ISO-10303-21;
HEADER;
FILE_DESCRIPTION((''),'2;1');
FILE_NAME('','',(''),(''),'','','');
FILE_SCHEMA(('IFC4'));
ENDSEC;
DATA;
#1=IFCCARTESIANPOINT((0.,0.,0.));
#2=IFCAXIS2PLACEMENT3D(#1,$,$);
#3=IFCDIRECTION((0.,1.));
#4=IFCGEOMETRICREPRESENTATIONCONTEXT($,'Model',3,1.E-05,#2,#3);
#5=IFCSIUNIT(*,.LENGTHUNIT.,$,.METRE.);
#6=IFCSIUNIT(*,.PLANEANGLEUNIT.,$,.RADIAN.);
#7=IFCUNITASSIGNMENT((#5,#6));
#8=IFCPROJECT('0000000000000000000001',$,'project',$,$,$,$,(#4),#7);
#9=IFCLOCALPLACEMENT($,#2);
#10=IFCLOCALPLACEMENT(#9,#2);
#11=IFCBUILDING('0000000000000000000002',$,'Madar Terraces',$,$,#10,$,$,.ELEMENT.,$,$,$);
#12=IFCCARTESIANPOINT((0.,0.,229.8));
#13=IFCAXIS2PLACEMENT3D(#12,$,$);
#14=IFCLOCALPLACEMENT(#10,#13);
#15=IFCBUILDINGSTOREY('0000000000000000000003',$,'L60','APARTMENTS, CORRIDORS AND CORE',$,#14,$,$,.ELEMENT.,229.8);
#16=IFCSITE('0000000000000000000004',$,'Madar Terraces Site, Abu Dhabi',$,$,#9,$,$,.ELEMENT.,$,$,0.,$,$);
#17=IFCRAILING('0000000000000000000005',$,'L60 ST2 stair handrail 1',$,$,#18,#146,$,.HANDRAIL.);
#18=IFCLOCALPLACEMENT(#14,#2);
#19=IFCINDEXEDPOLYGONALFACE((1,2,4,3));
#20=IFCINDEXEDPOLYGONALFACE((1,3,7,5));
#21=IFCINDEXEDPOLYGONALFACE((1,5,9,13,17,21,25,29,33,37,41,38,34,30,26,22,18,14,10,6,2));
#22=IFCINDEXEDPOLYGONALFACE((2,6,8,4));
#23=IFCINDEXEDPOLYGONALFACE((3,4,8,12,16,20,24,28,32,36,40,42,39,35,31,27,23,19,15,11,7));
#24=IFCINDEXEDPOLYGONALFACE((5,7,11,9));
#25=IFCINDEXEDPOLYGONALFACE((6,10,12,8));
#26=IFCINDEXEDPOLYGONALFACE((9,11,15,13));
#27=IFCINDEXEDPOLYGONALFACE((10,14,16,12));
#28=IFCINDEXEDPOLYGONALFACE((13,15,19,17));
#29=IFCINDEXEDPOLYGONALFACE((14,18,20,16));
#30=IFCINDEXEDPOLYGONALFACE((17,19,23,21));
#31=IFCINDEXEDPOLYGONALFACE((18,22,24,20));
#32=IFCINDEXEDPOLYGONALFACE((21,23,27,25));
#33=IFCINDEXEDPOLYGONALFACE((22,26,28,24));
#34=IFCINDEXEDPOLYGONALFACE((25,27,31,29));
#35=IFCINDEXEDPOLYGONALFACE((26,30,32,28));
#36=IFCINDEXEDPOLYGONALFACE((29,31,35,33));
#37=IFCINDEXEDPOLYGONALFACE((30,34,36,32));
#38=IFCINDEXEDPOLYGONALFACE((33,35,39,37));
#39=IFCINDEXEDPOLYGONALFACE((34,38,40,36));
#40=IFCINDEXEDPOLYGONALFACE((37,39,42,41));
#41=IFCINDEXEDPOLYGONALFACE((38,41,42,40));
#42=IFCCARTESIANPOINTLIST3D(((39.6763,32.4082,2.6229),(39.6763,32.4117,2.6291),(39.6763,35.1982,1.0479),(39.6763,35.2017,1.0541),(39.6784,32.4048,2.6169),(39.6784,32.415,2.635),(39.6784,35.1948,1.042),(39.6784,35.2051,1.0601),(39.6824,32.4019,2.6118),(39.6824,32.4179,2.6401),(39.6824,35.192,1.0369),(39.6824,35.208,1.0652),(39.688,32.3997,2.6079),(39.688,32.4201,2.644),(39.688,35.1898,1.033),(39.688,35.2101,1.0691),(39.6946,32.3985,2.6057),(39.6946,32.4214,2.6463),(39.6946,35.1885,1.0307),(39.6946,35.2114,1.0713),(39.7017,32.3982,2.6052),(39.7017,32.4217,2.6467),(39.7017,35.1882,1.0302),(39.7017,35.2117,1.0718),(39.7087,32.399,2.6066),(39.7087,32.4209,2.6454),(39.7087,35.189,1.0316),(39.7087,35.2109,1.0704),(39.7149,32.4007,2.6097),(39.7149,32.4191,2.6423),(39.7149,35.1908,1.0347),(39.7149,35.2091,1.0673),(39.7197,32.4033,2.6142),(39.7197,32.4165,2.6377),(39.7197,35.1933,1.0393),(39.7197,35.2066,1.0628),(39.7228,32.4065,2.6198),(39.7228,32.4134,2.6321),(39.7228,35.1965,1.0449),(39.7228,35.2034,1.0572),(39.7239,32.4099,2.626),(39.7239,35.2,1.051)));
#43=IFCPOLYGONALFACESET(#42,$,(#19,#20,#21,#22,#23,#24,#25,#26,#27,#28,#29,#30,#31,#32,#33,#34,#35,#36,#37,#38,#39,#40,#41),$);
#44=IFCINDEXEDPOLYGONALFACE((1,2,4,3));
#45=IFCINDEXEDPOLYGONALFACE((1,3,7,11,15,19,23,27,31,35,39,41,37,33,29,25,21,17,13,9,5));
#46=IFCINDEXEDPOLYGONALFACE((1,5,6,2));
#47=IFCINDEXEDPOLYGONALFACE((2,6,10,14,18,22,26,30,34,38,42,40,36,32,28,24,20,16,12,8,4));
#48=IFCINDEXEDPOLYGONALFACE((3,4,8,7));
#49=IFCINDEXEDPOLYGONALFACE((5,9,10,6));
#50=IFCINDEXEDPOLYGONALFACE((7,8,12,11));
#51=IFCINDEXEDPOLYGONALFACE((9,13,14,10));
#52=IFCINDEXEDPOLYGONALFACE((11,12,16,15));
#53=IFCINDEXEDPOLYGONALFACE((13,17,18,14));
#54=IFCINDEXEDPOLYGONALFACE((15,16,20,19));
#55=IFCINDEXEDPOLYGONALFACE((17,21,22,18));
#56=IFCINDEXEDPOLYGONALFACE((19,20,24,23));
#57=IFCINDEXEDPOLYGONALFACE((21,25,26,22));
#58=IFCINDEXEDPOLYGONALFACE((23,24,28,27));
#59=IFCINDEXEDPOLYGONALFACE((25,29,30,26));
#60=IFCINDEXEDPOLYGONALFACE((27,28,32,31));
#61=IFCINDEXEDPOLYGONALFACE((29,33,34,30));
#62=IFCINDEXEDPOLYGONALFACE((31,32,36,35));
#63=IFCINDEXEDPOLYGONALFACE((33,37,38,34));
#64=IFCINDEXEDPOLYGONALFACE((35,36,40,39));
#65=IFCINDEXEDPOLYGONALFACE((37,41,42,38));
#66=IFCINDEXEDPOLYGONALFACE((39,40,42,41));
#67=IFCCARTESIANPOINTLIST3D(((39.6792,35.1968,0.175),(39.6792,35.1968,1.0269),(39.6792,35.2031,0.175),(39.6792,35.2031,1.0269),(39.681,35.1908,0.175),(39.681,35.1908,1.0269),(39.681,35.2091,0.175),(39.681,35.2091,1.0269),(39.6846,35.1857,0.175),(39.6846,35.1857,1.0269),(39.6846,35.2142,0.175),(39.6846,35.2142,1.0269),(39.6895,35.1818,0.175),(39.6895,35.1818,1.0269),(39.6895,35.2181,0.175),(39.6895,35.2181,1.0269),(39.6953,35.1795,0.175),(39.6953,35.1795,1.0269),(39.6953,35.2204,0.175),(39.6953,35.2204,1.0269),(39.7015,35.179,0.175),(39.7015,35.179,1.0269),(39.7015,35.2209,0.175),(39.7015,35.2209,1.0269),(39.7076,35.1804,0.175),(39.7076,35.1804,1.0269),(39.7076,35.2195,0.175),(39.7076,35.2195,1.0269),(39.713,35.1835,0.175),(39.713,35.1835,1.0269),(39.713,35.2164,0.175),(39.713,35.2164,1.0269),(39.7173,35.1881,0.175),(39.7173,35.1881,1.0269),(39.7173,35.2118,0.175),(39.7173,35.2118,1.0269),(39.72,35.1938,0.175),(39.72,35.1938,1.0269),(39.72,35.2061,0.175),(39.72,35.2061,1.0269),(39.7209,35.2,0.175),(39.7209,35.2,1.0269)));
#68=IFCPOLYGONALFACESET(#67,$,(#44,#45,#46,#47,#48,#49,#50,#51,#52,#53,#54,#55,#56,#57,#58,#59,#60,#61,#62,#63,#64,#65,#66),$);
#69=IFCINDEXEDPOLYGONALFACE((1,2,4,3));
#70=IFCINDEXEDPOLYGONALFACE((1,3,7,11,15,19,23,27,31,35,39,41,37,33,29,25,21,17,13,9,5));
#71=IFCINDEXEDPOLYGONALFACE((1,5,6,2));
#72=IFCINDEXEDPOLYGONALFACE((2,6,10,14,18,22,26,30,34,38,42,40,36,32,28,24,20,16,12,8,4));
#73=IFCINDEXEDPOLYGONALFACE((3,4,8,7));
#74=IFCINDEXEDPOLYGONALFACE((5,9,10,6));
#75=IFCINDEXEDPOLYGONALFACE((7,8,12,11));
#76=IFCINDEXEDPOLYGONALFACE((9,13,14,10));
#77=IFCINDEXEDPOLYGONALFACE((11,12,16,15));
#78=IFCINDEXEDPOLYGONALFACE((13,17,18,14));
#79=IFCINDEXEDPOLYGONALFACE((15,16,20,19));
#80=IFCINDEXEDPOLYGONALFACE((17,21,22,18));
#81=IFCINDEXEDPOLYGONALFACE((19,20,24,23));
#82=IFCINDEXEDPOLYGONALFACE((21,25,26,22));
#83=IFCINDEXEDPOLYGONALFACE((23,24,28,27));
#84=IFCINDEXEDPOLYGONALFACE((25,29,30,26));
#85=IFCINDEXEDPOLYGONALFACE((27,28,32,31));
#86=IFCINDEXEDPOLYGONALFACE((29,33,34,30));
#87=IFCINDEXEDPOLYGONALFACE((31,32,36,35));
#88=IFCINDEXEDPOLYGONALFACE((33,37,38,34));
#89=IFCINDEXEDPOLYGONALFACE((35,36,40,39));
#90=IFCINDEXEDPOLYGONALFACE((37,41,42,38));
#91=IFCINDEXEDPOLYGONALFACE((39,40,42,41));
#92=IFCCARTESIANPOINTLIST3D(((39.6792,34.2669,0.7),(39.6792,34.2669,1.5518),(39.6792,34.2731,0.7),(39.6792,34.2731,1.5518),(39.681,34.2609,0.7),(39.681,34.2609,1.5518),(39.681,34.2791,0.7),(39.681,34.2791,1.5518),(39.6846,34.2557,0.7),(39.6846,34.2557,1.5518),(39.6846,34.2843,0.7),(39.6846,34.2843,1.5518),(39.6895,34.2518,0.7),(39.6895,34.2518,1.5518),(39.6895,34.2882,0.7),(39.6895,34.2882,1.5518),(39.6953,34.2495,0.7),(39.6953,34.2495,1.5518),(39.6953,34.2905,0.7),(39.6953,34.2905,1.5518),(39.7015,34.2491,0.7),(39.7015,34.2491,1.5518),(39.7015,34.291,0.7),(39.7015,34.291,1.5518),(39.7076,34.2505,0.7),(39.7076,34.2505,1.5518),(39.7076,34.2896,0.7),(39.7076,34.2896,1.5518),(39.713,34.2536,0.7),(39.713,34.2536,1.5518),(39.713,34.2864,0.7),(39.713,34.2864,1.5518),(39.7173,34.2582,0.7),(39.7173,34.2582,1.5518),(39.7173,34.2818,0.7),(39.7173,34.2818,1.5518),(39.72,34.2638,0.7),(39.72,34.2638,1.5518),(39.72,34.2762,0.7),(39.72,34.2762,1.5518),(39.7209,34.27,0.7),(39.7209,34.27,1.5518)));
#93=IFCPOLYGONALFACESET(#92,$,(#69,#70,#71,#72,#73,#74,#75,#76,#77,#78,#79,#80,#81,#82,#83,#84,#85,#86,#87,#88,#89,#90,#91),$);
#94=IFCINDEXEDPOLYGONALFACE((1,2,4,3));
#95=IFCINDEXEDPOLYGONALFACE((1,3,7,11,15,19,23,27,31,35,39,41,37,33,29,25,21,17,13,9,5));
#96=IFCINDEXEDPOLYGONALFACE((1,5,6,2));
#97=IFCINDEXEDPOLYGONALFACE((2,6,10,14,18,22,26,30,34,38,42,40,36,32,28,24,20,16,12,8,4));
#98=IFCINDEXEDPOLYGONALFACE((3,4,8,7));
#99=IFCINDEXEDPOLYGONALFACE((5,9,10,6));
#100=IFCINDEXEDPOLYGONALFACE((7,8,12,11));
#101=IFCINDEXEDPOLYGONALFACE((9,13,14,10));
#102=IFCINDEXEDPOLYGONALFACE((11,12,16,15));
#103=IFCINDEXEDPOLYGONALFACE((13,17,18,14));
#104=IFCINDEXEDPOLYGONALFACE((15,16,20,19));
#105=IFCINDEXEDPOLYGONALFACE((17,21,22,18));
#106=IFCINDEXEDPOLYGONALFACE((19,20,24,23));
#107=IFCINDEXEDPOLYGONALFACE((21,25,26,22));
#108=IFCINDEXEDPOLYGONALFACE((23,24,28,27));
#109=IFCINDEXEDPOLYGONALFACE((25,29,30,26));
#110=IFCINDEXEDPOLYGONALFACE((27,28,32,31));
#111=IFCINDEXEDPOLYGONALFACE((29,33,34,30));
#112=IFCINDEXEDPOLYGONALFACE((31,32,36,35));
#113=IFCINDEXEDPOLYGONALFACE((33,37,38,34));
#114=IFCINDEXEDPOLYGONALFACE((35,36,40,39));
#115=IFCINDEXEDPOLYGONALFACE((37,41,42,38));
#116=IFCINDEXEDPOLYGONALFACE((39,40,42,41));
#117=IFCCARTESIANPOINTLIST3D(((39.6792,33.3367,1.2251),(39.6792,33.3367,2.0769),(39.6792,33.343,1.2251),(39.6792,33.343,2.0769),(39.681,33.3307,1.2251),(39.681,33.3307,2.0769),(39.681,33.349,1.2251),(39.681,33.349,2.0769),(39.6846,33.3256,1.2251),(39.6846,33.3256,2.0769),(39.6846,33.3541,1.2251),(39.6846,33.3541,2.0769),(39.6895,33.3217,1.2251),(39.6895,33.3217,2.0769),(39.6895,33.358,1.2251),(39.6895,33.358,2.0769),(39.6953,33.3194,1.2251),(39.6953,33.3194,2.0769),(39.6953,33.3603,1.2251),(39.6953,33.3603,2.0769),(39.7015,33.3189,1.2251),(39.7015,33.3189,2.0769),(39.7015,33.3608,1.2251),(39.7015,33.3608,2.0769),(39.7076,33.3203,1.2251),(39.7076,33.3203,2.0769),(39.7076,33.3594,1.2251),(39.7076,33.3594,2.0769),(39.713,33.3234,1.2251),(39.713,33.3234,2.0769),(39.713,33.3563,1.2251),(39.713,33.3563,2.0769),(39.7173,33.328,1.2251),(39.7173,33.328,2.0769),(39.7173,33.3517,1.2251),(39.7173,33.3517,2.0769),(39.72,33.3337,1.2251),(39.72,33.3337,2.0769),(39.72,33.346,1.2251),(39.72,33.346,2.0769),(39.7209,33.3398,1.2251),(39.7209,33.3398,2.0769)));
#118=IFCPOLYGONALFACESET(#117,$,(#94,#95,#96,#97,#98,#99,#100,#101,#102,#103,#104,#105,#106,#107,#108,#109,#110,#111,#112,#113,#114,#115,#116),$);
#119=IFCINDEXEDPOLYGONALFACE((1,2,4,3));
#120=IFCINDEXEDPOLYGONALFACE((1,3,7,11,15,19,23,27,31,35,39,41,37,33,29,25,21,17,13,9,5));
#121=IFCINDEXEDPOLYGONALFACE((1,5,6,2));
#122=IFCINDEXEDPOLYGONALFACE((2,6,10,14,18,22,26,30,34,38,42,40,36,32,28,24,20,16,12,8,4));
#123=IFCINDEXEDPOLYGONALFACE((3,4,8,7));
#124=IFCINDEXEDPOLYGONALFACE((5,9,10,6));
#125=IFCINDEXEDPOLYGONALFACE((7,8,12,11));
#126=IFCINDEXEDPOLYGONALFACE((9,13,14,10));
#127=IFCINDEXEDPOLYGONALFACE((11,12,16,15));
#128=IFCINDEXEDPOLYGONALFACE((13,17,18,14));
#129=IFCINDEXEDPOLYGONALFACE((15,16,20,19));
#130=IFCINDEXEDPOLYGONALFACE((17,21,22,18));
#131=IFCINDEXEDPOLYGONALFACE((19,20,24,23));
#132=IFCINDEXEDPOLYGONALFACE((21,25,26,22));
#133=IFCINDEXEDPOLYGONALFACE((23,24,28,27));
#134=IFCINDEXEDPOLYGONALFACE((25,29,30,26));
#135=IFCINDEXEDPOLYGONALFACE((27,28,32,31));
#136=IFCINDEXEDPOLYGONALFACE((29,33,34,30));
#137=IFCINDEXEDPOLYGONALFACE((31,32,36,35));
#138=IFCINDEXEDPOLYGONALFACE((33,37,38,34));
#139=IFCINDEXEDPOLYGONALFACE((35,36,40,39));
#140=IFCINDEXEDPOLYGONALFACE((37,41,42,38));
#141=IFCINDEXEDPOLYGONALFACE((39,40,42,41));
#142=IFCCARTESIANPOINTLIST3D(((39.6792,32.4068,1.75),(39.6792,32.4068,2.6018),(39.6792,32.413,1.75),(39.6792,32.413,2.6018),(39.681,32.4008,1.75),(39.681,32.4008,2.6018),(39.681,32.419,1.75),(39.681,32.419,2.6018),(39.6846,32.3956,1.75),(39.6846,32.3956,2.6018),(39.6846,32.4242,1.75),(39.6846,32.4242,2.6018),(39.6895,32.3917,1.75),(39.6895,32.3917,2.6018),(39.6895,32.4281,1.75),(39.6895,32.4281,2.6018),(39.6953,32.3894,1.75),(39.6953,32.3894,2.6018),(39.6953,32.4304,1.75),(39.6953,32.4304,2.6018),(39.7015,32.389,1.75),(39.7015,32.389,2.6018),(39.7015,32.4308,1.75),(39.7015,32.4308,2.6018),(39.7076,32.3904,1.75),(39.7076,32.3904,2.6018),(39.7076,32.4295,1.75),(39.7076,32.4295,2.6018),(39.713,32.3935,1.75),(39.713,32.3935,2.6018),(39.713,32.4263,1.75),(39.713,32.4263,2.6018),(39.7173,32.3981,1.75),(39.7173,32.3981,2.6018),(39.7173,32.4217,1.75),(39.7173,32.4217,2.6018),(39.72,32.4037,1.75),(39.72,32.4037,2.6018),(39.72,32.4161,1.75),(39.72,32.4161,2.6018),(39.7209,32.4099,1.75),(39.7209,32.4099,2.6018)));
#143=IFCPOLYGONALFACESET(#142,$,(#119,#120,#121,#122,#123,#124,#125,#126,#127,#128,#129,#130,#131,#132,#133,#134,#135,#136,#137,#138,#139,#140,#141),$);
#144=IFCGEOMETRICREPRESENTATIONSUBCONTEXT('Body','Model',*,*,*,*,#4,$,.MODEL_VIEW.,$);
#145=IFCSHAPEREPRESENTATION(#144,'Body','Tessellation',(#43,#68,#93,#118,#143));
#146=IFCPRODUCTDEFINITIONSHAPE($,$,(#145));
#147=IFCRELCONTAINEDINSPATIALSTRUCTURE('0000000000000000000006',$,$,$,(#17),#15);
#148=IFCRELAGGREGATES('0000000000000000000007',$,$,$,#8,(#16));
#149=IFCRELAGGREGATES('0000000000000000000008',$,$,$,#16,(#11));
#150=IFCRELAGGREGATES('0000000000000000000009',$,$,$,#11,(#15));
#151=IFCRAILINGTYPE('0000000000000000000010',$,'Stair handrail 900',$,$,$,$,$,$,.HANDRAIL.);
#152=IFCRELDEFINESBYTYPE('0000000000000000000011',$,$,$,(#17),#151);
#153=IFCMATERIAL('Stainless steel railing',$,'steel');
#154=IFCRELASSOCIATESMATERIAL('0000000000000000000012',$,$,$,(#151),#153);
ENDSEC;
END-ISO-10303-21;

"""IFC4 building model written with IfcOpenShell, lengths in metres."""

from ifc_helpers import new_model, si_unit, direction, frame, origin, origin_2d, place, context, subcontext, project, spatial, circle, extrude, material, type_object, element, save


model = new_model("IFC4")

# Units and contexts
model_context = context("Model", 3, precision=1e-05, world=origin(), true_north=direction((0.0, 1.0)))
body_context = subcontext(model_context, "Body", "Model", "MODEL_VIEW")
ifc_project = project(units=[si_unit("LENGTHUNIT", "METRE"), si_unit("PLANEANGLEUNIT", "RADIAN")], contexts=[model_context])

# Site, building, storey
site_placement = place(None, origin())
site = spatial("IfcSite", under=ifc_project, at=site_placement, Name="Madar Terraces Site, Abu Dhabi", CompositionType="ELEMENT", RefElevation=0.0)
building_placement = place(site_placement, origin())
building = spatial("IfcBuilding", under=site, at=building_placement, Name="Madar Terraces", CompositionType="ELEMENT")
storey_placement = place(building_placement, frame((0.0, 0.0, 229.8)))
storey = spatial("IfcBuildingStorey", under=building, at=storey_placement, Name="L60", Description="APARTMENTS, CORRIDORS AND CORE", CompositionType="ELEMENT", Elevation=229.8)

# Railing
ifc_material_1 = material(Name="Stainless steel railing", Category="steel")
railing_type_1 = type_object("IfcRailingType", Name="Stair handrail 900", PredefinedType="HANDRAIL", material=ifc_material_1)
railing_1_placement = place(storey_placement, frame((39.7, 35.2, 0.175)))
element("IfcRailing", 1, at=railing_1_placement, inside=storey, type_object=railing_type_1, Name="L60 ST2 stair handrail 1", PredefinedType="HANDRAIL", context=body_context, shape_type="SweptSolid", body=[
    extrude(circle(Radius=0.0239, at=origin_2d()), frame((0.0, 0.0, 0.876), z_axis=(0.0, -0.870834, 0.491578), x_axis=(1.0, 0.0, 0.0)), (0.0, 0.0, 1.0), 3.2039),
    extrude(circle(Radius=0.021, at=origin_2d()), origin(), (0.0, 0.0, 1.0), 0.8518),
    extrude(circle(Radius=0.021, at=origin_2d()), frame((0.0, -0.9299, 0.5249)), (0.0, 0.0, 1.0), 0.8518),
    extrude(circle(Radius=0.021, at=origin_2d()), frame((0.0, -1.8601, 1.05)), (0.0, 0.0, 1.0), 0.8518),
    extrude(circle(Radius=0.021, at=origin_2d()), frame((0.0, -2.79, 1.575)), (0.0, 0.0, 1.0), 0.8518),
])

save(model, "model.ifc")
